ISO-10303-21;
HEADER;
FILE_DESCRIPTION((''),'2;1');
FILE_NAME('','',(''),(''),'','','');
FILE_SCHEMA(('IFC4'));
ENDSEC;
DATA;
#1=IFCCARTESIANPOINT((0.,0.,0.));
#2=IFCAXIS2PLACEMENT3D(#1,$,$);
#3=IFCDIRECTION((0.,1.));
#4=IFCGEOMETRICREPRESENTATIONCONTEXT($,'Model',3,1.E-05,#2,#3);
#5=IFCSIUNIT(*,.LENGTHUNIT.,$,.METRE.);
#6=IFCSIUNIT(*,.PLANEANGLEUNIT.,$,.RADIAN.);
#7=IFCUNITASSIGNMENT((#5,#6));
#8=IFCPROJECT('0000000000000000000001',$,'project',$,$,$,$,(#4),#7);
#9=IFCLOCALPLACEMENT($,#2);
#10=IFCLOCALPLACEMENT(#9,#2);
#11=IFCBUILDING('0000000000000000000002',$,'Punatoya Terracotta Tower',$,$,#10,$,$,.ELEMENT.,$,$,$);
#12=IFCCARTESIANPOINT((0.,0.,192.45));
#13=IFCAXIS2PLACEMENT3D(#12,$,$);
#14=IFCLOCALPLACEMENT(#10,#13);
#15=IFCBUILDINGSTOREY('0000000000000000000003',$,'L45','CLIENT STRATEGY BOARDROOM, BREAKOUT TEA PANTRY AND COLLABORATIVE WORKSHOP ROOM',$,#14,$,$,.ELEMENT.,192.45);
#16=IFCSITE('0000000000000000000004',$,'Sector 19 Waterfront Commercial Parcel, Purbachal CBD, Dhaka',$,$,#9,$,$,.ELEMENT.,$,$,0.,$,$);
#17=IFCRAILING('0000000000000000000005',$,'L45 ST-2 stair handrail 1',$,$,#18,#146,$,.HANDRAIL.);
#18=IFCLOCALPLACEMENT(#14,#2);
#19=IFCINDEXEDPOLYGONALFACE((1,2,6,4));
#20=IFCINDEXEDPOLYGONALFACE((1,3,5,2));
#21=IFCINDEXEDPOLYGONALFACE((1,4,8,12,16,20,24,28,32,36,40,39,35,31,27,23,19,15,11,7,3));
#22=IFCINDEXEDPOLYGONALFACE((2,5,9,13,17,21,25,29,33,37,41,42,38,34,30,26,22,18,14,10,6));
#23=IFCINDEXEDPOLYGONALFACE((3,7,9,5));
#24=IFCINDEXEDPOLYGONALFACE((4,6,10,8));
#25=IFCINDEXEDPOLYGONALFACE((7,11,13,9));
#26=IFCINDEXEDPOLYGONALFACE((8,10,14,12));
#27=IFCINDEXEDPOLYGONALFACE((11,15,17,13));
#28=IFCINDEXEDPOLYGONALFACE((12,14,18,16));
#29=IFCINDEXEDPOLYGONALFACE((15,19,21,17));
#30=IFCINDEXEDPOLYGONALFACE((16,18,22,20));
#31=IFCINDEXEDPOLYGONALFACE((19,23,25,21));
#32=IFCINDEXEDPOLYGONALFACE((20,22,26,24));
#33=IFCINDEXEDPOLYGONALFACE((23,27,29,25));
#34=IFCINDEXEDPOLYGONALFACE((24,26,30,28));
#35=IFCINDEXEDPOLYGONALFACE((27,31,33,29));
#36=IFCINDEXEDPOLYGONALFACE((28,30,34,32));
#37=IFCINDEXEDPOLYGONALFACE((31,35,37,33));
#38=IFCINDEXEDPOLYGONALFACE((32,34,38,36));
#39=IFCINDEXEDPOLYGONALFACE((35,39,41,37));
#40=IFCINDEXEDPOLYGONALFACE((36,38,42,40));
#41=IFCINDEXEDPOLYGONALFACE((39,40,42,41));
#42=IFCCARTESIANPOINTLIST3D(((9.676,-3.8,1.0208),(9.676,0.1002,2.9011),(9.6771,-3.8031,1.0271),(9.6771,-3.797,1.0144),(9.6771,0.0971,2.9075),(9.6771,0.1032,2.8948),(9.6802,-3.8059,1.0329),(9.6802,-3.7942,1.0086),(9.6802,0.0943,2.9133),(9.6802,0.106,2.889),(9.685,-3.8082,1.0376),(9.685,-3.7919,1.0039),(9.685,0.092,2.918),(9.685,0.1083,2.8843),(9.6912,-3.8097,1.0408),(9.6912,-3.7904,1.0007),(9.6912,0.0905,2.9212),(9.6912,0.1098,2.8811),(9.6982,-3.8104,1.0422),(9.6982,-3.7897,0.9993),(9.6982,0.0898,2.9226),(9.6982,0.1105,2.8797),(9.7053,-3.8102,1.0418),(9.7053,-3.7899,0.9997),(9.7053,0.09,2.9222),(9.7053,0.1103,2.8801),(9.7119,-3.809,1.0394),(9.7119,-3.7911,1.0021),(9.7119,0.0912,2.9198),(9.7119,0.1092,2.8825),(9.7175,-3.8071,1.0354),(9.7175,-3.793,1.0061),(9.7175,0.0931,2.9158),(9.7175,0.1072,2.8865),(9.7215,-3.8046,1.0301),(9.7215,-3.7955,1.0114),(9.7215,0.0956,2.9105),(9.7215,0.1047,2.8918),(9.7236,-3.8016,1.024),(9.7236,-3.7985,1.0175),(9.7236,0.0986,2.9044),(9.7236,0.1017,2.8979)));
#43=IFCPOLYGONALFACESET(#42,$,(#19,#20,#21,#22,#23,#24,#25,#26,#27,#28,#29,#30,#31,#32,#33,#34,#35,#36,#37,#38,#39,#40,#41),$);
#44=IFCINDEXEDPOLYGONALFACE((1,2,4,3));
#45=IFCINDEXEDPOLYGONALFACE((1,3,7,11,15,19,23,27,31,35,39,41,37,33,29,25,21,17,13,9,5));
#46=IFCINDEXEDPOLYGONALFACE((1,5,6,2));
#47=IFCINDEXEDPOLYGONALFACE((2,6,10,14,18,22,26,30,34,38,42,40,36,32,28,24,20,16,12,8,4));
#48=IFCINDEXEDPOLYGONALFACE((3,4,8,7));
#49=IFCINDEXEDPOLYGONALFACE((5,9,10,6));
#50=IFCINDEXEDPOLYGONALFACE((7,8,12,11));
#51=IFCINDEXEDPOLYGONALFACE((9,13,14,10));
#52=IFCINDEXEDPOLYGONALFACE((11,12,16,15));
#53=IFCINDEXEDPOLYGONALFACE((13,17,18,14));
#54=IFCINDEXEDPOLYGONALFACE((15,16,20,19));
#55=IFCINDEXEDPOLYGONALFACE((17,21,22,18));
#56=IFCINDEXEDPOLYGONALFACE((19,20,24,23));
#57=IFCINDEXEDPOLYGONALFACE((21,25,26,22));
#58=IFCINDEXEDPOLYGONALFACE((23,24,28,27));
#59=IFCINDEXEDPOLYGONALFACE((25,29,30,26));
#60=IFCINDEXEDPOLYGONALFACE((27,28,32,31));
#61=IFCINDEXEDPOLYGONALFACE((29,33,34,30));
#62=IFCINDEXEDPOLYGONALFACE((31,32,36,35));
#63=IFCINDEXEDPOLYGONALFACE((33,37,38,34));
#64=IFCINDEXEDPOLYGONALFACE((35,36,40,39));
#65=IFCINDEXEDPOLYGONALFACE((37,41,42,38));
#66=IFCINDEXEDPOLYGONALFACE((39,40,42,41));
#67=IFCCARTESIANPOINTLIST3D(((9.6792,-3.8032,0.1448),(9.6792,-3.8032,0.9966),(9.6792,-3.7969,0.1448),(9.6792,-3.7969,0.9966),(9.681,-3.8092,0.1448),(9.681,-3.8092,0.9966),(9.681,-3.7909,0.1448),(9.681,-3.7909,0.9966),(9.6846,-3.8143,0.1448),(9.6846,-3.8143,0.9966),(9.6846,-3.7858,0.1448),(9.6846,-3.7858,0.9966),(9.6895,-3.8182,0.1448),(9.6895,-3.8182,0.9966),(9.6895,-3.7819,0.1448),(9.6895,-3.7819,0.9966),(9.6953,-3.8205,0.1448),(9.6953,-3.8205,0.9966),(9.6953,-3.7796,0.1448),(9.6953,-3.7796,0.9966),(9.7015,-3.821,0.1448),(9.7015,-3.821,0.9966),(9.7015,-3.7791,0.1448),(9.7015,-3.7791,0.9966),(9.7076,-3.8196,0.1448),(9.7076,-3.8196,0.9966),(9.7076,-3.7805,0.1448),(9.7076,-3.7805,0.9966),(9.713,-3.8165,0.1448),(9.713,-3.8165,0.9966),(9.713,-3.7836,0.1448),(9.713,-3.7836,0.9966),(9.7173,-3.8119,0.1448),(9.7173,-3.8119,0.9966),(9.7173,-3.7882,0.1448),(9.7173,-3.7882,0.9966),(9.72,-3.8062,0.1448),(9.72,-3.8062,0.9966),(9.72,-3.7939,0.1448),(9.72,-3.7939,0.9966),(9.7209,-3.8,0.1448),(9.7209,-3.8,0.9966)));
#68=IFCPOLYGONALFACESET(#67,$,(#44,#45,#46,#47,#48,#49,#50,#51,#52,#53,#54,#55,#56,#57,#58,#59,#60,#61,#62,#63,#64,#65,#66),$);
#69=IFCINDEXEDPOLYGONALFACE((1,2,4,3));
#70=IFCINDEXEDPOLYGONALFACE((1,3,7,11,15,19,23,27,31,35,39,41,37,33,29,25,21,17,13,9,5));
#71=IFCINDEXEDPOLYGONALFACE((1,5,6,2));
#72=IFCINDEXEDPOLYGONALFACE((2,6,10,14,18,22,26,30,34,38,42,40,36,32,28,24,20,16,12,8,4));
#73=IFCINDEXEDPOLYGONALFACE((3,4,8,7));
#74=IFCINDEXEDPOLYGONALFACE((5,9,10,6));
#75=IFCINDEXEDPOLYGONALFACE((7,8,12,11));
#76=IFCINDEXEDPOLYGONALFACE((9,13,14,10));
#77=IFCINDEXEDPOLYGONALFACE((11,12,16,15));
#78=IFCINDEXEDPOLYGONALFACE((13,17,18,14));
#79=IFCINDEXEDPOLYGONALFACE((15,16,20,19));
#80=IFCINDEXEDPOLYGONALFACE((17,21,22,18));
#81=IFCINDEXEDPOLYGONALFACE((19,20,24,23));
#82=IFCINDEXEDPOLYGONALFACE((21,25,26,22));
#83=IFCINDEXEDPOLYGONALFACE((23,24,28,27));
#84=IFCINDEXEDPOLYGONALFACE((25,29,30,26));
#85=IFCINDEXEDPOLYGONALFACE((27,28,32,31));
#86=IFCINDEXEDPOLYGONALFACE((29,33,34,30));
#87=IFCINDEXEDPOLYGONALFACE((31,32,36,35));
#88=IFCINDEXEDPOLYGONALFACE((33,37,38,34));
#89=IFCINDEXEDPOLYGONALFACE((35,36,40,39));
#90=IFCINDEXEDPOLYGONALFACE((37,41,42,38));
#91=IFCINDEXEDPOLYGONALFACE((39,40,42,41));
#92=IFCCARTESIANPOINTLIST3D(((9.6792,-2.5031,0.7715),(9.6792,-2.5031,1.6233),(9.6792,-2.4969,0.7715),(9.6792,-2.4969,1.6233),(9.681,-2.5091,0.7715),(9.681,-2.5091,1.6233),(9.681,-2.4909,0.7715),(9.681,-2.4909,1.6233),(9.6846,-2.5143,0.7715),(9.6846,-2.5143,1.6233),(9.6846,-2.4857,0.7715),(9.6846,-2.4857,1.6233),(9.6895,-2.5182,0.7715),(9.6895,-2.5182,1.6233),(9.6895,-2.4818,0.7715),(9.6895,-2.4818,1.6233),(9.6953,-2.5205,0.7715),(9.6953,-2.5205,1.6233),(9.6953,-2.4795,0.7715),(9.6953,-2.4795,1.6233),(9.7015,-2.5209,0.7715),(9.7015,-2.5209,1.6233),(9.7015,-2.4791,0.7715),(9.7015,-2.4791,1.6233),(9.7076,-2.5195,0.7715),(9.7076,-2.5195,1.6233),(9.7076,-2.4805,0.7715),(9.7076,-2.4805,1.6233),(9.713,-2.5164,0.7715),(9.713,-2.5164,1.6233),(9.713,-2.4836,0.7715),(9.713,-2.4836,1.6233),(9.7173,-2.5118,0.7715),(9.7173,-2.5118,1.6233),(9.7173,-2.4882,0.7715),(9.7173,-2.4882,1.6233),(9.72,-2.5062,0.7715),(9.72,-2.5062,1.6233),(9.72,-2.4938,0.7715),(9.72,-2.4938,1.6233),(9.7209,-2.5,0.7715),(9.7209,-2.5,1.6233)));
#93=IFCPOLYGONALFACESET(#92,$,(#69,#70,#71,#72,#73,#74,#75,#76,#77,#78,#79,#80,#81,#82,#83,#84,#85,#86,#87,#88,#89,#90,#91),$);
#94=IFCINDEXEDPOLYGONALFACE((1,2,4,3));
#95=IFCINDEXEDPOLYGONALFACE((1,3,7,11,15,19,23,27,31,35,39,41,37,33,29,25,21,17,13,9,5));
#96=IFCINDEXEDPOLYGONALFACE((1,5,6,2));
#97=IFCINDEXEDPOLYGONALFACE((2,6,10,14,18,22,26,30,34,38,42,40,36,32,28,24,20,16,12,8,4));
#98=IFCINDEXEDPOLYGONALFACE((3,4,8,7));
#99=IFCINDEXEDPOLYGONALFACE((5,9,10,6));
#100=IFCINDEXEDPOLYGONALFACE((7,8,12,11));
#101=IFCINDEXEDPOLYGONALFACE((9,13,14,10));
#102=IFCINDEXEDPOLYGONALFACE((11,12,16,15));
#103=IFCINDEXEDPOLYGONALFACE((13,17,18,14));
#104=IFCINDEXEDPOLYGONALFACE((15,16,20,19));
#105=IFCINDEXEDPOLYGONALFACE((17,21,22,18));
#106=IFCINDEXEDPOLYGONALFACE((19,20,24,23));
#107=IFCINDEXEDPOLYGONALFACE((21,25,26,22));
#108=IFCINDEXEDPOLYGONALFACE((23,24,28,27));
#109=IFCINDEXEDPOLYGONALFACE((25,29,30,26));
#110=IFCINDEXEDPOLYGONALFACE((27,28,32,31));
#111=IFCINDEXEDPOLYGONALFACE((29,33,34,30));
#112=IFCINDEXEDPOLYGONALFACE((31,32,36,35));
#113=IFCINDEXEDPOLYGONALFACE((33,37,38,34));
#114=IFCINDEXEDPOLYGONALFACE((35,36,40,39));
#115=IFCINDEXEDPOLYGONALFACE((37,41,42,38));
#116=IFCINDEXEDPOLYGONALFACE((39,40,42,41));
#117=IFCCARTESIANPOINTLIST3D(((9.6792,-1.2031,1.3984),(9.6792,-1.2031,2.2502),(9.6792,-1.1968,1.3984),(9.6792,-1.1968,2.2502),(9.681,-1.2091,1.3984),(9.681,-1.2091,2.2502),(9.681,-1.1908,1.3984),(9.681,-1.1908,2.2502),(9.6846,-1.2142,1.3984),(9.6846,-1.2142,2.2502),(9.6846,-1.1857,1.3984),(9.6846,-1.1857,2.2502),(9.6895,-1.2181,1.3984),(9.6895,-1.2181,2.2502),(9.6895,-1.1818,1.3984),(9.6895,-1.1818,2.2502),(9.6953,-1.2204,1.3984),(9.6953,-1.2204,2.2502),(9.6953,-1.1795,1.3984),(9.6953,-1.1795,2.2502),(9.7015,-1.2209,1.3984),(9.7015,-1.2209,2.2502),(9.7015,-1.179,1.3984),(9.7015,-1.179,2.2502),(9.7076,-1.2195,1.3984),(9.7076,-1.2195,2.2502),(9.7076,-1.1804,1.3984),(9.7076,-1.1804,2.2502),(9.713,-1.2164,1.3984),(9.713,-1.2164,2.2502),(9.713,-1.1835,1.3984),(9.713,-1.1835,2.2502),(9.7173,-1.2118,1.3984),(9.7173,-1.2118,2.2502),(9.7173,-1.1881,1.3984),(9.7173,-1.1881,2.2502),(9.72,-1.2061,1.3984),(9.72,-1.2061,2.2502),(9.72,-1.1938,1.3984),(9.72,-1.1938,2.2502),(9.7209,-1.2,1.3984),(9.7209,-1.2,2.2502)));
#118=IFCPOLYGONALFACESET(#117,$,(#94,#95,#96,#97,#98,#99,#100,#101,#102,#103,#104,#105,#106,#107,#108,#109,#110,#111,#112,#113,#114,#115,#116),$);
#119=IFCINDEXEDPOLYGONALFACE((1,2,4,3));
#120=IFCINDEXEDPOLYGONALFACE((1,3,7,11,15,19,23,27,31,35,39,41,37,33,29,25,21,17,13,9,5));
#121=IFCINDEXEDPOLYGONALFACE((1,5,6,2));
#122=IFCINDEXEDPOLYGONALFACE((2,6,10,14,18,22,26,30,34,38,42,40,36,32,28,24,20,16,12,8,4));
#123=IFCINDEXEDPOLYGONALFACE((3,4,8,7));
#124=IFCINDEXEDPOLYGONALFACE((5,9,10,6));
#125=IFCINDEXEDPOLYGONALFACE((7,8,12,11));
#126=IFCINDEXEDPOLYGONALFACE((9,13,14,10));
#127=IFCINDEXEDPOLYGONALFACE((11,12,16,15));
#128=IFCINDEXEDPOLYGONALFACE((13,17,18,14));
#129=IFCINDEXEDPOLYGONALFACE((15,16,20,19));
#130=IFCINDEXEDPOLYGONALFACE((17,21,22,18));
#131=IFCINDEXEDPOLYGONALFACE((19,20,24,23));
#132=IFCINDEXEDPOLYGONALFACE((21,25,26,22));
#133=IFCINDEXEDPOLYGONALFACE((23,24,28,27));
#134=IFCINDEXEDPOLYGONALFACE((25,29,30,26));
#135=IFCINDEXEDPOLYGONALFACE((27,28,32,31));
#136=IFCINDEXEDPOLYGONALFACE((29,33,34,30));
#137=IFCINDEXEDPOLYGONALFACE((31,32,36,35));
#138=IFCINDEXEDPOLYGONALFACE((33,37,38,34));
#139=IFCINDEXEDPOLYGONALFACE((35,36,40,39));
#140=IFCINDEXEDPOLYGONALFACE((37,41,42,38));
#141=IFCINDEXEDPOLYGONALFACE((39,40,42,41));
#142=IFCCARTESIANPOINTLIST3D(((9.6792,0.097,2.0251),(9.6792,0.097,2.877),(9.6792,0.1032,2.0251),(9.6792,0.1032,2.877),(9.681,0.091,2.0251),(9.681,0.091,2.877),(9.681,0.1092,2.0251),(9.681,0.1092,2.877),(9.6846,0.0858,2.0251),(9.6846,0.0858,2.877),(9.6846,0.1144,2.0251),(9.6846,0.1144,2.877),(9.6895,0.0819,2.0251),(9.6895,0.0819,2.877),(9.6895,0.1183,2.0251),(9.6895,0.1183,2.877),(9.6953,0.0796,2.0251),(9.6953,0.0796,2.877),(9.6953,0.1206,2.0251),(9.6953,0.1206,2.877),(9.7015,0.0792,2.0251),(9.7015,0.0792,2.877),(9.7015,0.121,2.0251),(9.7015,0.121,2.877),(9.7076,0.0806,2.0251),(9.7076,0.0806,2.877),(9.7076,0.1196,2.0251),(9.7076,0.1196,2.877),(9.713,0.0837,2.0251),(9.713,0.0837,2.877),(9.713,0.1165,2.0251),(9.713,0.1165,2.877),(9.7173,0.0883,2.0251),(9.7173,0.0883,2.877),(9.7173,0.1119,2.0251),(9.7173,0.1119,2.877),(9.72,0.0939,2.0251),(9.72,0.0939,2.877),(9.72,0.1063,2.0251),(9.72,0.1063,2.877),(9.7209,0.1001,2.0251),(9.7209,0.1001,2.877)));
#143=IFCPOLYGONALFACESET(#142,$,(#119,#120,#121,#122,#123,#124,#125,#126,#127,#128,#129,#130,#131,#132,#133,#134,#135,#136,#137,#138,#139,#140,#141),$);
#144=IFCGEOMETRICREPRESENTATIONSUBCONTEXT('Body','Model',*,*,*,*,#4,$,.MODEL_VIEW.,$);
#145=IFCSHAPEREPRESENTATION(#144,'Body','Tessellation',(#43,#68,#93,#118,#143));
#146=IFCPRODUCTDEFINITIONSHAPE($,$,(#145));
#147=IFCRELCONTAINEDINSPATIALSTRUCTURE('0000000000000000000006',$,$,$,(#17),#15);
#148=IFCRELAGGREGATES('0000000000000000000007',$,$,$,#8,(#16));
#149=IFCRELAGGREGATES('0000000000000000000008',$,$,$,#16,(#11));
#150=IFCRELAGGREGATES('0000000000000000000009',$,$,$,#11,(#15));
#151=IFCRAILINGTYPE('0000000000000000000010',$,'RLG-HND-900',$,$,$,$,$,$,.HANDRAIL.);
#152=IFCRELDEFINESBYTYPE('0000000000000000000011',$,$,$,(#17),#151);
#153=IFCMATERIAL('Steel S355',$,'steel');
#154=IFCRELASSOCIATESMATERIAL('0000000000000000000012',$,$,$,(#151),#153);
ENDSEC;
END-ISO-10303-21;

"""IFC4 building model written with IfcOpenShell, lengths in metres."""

from ifc_helpers import new_model, si_unit, direction, frame, origin, origin_2d, place, context, subcontext, project, spatial, circle, extrude, material, type_object, element, save


model = new_model("IFC4")

# Units and contexts
model_context = context("Model", 3, precision=1e-05, world=origin(), true_north=direction((0.0, 1.0)))
body_context = subcontext(model_context, "Body", "Model", "MODEL_VIEW")
ifc_project = project(units=[si_unit("LENGTHUNIT", "METRE"), si_unit("PLANEANGLEUNIT", "RADIAN")], contexts=[model_context])

# Site, building, storey
site_placement = place(None, origin())
site = spatial("IfcSite", under=ifc_project, at=site_placement, Name="Sector 19 Waterfront Commercial Parcel, Purbachal CBD, Dhaka", CompositionType="ELEMENT", RefElevation=0.0)
building_placement = place(site_placement, origin())
building = spatial("IfcBuilding", under=site, at=building_placement, Name="Punatoya Terracotta Tower", CompositionType="ELEMENT")
storey_placement = place(building_placement, frame((0.0, 0.0, 192.45)))
storey = spatial("IfcBuildingStorey", under=building, at=storey_placement, Name="L45", Description="CLIENT STRATEGY BOARDROOM, BREAKOUT TEA PANTRY AND COLLABORATIVE WORKSHOP ROOM", CompositionType="ELEMENT", Elevation=192.45)

# Railing
ifc_material_1 = material(Name="Steel S355", Category="steel")
railing_type_1 = type_object("IfcRailingType", Name="RLG-HND-900", PredefinedType="HANDRAIL", material=ifc_material_1)
railing_1_placement = place(storey_placement, frame((9.7, -3.8, 0.1448)))
element("IfcRailing", 1, at=railing_1_placement, inside=storey, type_object=railing_type_1, Name="L45 ST-2 stair handrail 1", PredefinedType="HANDRAIL", context=body_context, shape_type="SweptSolid", body=[
    extrude(circle(Radius=0.0239, at=origin_2d()), frame((0.0, 0.0, 0.876), z_axis=(0.0, 0.900774, 0.434289), x_axis=(-1.0, 0.0, 0.0)), (0.0, 0.0, 1.0), 4.3298),
    extrude(circle(Radius=0.021, at=origin_2d()), origin(), (0.0, 0.0, 1.0), 0.8518),
    extrude(circle(Radius=0.021, at=origin_2d()), frame((0.0, 1.3, 0.6267)), (0.0, 0.0, 1.0), 0.8518),
    extrude(circle(Radius=0.021, at=origin_2d()), frame((0.0, 2.6001, 1.2537)), (0.0, 0.0, 1.0), 0.8518),
    extrude(circle(Radius=0.021, at=origin_2d()), frame((0.0, 3.9001, 1.8804)), (0.0, 0.0, 1.0), 0.8518),
])

save(model, "model.ifc")
